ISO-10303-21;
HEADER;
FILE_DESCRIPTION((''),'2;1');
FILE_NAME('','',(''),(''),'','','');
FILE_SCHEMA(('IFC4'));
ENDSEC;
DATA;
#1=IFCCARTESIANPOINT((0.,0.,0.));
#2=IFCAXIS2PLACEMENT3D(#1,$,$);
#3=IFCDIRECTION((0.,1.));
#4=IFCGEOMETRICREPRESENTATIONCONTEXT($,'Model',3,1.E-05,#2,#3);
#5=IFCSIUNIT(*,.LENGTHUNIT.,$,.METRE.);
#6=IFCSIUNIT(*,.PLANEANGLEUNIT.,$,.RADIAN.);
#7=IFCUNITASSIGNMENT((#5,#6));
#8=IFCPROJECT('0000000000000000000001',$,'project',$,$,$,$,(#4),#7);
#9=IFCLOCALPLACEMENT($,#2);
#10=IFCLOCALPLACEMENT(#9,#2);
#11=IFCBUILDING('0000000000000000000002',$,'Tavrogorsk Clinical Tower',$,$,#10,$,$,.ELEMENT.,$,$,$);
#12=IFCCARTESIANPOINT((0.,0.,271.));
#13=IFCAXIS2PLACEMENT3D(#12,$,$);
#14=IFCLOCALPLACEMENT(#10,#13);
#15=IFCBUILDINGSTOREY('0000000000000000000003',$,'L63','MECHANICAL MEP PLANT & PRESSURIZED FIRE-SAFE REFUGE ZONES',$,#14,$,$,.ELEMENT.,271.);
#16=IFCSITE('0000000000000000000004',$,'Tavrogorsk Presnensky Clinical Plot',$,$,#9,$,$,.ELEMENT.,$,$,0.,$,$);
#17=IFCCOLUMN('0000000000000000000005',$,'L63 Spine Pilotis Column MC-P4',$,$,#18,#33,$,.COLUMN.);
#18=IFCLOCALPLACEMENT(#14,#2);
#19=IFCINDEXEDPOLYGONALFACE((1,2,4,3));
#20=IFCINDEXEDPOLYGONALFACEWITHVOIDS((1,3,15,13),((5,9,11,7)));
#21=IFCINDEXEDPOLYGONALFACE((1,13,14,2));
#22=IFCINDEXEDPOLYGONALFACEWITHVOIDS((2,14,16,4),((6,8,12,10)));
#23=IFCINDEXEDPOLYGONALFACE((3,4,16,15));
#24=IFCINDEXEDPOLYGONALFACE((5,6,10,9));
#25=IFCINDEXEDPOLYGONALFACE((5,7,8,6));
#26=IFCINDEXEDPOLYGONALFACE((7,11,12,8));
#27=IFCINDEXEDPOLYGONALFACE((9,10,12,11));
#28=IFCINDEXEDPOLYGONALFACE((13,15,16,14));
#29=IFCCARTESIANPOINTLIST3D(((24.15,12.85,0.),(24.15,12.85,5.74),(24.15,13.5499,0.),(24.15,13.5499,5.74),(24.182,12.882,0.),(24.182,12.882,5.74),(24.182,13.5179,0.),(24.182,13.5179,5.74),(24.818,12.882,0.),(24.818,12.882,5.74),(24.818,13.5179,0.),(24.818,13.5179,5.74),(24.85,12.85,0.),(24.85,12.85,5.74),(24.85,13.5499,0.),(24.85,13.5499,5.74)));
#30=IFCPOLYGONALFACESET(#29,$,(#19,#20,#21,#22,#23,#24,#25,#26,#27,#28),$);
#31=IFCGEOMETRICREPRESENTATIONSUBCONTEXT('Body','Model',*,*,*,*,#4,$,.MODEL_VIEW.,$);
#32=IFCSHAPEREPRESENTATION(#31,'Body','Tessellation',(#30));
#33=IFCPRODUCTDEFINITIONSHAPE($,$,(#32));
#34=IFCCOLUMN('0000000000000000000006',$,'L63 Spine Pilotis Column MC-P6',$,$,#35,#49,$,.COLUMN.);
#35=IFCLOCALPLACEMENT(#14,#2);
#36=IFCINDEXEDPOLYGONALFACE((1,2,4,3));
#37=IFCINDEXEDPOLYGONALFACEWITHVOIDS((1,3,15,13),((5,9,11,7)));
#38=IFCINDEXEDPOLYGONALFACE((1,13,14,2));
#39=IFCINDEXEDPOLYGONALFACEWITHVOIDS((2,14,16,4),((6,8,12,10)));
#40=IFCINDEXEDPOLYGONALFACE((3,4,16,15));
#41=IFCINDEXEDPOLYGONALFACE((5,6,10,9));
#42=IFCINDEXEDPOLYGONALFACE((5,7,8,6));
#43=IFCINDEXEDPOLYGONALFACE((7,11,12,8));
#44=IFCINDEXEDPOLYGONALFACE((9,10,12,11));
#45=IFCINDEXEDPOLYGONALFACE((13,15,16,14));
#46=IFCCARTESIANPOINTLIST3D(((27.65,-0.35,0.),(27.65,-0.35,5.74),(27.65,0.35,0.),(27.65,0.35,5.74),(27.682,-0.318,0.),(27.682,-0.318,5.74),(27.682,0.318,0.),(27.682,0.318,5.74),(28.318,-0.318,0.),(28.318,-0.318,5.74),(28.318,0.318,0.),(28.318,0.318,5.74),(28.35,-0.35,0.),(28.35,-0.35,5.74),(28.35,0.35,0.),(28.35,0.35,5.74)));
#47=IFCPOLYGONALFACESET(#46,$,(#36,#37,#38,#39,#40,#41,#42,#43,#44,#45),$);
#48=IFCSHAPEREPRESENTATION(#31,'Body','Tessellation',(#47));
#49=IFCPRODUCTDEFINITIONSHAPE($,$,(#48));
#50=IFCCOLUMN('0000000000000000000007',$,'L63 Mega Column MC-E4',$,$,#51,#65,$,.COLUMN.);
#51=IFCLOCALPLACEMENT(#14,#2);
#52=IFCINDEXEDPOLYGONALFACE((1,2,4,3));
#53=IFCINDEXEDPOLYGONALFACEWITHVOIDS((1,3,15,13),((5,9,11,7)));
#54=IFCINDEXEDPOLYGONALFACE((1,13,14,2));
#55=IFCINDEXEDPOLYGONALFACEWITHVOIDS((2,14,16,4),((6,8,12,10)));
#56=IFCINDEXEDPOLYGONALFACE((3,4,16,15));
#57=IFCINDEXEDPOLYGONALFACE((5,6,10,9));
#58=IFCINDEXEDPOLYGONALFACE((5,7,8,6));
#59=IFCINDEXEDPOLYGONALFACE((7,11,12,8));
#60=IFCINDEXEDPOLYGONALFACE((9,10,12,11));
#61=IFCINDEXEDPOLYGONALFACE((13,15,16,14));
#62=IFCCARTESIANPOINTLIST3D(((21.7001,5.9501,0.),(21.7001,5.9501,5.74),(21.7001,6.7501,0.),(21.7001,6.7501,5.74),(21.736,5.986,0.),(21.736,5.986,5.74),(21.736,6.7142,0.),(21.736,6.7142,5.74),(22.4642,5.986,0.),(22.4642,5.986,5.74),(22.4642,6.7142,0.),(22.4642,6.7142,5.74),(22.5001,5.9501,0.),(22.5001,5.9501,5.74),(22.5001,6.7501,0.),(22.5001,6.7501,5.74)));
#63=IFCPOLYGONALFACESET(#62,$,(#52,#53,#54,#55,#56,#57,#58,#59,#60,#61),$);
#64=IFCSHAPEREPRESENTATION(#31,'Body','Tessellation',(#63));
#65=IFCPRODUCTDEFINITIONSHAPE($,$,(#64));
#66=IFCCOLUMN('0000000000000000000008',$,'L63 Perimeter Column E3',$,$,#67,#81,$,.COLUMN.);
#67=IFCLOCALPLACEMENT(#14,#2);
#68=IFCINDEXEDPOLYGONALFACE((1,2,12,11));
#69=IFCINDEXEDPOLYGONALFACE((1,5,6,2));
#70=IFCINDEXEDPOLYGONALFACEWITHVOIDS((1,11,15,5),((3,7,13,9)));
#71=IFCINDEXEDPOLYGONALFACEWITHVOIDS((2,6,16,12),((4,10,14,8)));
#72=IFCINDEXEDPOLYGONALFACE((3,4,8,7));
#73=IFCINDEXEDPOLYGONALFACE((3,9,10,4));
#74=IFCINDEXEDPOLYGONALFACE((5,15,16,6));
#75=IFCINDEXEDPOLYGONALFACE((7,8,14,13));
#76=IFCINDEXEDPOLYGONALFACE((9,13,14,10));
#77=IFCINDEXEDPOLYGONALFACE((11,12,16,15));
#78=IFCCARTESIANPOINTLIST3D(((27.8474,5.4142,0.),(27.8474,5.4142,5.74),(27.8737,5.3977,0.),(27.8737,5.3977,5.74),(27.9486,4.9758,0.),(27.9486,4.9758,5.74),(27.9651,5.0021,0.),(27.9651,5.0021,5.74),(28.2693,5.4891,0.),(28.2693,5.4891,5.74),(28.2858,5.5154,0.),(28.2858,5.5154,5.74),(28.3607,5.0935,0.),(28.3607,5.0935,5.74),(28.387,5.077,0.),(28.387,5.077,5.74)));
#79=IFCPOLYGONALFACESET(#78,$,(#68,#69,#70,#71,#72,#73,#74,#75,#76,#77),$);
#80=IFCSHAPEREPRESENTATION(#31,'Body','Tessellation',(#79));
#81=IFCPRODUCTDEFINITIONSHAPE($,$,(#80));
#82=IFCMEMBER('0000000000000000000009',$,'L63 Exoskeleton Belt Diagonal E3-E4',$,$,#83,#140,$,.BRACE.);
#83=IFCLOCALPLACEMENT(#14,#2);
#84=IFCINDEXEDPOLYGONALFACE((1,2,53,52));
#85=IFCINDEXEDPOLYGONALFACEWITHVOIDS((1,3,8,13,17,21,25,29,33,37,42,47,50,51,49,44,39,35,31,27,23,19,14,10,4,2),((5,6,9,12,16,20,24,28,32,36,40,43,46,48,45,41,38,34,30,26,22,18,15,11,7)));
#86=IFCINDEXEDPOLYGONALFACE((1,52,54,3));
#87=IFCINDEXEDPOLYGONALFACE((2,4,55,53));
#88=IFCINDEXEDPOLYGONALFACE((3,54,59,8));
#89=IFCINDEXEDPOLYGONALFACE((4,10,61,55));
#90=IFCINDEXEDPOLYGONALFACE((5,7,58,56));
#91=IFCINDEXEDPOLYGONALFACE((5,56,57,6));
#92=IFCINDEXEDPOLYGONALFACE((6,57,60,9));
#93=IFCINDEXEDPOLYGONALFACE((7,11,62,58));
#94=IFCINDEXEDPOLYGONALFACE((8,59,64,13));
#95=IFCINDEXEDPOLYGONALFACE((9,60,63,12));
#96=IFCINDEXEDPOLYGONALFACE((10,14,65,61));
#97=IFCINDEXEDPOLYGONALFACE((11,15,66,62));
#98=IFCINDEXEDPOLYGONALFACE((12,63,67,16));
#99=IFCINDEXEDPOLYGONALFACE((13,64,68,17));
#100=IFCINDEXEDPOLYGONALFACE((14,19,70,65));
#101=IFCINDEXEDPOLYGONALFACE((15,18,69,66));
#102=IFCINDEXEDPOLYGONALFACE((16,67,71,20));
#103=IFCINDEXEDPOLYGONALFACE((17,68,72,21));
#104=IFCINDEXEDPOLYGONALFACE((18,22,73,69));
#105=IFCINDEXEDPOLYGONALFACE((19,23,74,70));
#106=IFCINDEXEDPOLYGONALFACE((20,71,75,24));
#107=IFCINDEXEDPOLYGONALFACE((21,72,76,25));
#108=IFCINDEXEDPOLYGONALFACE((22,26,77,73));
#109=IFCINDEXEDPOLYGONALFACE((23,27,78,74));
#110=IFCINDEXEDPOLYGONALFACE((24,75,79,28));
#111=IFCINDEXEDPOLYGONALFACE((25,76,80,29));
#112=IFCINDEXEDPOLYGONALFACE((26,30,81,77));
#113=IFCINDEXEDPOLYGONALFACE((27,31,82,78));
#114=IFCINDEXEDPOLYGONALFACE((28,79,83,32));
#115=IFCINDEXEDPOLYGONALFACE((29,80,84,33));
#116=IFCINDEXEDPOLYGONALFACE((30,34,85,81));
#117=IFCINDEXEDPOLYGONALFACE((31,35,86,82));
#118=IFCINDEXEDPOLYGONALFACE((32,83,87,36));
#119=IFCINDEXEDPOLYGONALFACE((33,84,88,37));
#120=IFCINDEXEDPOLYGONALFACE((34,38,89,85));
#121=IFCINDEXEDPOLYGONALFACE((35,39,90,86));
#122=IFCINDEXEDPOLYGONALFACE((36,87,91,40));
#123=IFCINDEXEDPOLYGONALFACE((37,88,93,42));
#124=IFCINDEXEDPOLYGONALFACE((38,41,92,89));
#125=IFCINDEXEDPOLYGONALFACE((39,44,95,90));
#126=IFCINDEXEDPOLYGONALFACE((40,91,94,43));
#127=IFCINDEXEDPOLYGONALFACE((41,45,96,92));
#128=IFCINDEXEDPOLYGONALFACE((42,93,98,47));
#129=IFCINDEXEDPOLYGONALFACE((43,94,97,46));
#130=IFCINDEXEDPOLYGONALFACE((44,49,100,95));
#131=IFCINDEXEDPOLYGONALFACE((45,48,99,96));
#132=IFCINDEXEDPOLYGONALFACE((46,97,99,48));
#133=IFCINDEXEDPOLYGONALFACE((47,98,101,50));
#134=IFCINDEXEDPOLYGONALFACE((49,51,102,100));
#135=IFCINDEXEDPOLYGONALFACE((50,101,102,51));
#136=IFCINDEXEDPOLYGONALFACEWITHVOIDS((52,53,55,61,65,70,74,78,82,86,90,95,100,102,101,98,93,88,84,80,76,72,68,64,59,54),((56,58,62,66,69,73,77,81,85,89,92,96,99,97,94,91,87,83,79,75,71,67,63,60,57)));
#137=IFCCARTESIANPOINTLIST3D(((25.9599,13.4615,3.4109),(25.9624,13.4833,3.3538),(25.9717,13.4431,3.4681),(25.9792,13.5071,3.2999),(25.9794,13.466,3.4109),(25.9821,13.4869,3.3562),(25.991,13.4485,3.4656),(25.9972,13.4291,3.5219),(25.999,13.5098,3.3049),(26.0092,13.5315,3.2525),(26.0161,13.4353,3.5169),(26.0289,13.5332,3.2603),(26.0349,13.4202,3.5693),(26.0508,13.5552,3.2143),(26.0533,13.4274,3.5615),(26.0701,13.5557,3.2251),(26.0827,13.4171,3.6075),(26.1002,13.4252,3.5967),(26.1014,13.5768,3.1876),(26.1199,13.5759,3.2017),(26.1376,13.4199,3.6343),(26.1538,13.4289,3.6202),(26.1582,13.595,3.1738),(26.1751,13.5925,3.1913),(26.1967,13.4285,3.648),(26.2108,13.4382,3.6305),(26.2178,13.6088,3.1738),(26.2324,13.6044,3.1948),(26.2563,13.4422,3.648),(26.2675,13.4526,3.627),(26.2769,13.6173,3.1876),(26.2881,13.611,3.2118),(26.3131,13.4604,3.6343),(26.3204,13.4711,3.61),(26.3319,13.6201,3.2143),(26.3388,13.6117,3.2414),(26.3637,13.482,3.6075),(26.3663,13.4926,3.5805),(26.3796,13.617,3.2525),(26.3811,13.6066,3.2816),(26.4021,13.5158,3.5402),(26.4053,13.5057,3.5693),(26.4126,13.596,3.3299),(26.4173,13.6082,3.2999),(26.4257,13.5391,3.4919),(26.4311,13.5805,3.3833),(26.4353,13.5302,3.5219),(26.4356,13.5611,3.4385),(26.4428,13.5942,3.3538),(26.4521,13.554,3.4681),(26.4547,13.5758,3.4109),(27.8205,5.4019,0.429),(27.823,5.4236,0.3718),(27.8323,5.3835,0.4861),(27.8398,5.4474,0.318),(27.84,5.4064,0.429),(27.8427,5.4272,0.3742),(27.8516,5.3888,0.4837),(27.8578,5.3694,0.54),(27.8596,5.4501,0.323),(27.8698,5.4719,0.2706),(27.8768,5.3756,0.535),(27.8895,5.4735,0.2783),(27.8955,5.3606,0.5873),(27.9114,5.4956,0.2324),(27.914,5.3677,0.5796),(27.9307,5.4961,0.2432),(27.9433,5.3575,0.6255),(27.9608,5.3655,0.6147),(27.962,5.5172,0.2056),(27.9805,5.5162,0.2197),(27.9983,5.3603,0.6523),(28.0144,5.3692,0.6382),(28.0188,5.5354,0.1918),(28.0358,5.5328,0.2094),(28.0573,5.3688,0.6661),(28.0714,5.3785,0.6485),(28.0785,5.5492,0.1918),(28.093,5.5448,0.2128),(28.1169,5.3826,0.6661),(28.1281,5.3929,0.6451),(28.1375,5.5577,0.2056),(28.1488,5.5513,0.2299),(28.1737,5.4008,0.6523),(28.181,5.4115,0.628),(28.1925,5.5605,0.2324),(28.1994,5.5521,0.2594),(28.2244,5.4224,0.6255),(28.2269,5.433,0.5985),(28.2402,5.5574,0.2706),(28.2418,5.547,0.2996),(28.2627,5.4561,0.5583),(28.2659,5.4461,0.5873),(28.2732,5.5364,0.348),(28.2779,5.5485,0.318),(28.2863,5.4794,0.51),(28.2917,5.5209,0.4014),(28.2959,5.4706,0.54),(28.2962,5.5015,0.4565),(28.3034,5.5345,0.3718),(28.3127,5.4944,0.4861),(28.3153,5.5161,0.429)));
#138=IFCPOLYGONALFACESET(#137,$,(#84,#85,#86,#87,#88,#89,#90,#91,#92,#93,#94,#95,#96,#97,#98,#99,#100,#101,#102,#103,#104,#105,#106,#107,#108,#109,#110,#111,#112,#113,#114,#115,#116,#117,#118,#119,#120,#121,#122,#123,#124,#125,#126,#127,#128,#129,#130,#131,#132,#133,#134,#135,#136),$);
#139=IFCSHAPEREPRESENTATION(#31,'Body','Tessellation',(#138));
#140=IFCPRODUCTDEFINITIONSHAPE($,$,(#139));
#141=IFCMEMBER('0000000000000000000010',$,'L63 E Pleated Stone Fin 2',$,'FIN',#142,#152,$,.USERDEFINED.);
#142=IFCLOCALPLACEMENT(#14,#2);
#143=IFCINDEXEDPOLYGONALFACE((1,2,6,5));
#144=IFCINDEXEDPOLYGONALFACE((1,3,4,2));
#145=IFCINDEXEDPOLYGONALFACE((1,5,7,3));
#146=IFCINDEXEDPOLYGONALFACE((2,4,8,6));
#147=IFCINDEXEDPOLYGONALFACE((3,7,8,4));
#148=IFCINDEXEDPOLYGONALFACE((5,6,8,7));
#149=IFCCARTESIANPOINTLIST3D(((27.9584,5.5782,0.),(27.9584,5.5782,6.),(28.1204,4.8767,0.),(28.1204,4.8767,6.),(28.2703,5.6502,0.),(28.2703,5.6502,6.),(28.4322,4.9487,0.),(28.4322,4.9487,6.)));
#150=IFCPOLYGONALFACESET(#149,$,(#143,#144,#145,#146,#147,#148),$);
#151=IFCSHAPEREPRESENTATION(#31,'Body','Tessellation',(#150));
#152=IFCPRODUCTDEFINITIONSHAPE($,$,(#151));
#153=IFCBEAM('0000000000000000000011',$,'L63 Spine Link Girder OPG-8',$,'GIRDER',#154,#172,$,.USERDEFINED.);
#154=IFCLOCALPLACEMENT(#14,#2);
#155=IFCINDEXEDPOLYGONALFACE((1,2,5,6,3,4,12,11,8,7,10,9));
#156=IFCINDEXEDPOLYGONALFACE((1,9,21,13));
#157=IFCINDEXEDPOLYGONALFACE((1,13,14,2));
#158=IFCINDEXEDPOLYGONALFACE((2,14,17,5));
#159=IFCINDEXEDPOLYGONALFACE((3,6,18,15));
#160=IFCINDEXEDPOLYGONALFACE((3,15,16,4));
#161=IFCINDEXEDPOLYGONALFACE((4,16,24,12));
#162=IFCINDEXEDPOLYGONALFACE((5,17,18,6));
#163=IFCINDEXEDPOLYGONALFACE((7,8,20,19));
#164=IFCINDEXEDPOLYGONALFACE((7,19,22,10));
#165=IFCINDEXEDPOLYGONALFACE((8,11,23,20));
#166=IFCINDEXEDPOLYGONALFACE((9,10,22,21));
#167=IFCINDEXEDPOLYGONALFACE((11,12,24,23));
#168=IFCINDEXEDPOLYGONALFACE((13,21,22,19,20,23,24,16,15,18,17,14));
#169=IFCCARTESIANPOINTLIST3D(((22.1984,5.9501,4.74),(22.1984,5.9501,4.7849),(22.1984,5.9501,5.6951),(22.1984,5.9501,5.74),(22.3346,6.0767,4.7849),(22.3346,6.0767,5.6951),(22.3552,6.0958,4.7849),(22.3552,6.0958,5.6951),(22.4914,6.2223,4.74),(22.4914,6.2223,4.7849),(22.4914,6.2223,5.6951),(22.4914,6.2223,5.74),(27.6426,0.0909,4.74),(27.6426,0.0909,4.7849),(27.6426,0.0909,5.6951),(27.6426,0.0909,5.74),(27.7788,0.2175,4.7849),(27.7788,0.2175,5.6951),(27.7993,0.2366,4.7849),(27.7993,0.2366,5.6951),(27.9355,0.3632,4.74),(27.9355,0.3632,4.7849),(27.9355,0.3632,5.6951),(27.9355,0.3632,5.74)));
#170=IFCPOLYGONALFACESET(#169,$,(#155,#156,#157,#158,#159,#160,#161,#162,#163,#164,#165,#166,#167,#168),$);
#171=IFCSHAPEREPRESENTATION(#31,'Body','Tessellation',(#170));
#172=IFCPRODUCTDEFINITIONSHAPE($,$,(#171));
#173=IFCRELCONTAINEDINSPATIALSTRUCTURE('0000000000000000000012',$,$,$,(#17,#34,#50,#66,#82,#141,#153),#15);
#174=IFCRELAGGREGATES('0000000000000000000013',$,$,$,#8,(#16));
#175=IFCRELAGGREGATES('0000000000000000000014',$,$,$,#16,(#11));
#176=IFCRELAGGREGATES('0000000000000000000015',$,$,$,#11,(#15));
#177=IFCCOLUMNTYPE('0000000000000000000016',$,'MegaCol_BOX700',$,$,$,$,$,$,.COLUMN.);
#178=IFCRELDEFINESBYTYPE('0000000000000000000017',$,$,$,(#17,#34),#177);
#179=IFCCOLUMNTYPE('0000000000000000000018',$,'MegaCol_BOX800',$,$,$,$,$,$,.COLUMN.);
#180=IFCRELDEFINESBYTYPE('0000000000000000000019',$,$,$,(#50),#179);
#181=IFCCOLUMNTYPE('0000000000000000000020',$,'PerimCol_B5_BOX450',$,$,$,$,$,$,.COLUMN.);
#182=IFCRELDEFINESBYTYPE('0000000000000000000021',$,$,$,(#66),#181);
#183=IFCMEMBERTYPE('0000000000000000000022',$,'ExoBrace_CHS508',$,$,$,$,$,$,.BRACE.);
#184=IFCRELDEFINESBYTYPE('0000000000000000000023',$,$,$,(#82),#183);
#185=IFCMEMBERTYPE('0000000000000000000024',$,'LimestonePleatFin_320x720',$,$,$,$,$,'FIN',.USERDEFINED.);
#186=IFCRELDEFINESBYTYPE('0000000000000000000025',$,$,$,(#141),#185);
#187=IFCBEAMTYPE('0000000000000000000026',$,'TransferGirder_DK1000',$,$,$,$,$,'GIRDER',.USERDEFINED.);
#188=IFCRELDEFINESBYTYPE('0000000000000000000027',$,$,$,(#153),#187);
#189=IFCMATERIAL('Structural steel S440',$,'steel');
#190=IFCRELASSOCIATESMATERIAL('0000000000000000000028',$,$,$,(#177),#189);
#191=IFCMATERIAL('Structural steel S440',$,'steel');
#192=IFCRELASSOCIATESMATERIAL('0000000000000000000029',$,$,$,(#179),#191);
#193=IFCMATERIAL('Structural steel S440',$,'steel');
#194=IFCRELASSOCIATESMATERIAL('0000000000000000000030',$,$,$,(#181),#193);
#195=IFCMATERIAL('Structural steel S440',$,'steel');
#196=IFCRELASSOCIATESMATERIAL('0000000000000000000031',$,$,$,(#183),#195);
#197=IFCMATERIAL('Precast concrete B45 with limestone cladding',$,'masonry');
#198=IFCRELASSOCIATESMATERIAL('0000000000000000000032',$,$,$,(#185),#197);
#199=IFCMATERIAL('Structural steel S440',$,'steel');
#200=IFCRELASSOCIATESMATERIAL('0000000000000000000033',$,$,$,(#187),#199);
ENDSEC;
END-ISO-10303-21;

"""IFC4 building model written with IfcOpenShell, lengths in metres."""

from ifc_helpers import new_model, si_unit, direction, frame, origin, origin_2d, place, context, subcontext, project, spatial, rectangle, hollow_rectangle, hollow_circle, i_section, extrude, material, material_profile, profile_set, type_object, element, save


model = new_model("IFC4")

# Units and contexts
model_context = context("Model", 3, precision=1e-05, world=origin(), true_north=direction((0.0, 1.0)))
body_context = subcontext(model_context, "Body", "Model", "MODEL_VIEW")
ifc_project = project(units=[si_unit("LENGTHUNIT", "METRE"), si_unit("PLANEANGLEUNIT", "RADIAN")], contexts=[model_context])

# Site, building, storey
site_placement = place(None, origin())
site = spatial("IfcSite", under=ifc_project, at=site_placement, Name="Tavrogorsk Presnensky Clinical Plot", CompositionType="ELEMENT", RefElevation=0.0)
building_placement = place(site_placement, origin())
building = spatial("IfcBuilding", under=site, at=building_placement, Name="Tavrogorsk Clinical Tower", CompositionType="ELEMENT")
storey_placement = place(building_placement, frame((0.0, 0.0, 271.0)))
storey = spatial("IfcBuildingStorey", under=building, at=storey_placement, Name="L63", Description="MECHANICAL MEP PLANT & PRESSURIZED FIRE-SAFE REFUGE ZONES", CompositionType="ELEMENT", Elevation=271.0)

# Columns
ifc_material_1 = material(Name="Structural steel S440", Category="steel")
ifc_material_profile_1 = material_profile(ifc_material_1, hollow_rectangle(XDim=0.7, YDim=0.7, WallThickness=0.032, at=origin_2d()), Name="BOX-700x700x32")
ifc_profile_set_1 = profile_set([ifc_material_profile_1], Name="Structural steel S440")
column_type_1 = type_object("IfcColumnType", Name="MegaCol_BOX700", PredefinedType="COLUMN", material=ifc_profile_set_1)
for number, where, z_axis, x_axis, name in (
    (1, (24.5, 13.2, 0.0), (0.0, 0.0, 1.0), (1.0, 0.0, 0.0), "L63 Spine Pilotis Column MC-P4"),
    (2, (28.0, 0.0, 0.0), (0.0, 0.0, 1.0), (1.0, 0.0, 0.0), "L63 Spine Pilotis Column MC-P6"),
):
    element("IfcColumn", number, at=place(storey_placement, frame(where, z_axis=z_axis, x_axis=x_axis)), inside=storey, type_object=column_type_1, Name=name, PredefinedType="COLUMN", context=body_context, shape_type="SweptSolid", body=[
        extrude(hollow_rectangle(XDim=0.7, YDim=0.7, WallThickness=0.032, at=origin_2d()), origin(), (0.0, 0.0, 1.0), 5.74),
    ])
ifc_material_2 = material(Name="Structural steel S440", Category="steel")
ifc_material_profile_2 = material_profile(ifc_material_2, hollow_rectangle(XDim=0.8, YDim=0.8, WallThickness=0.0359, at=origin_2d()), Name="BOX-800x800x36")
ifc_profile_set_2 = profile_set([ifc_material_profile_2], Name="Structural steel S440")
column_type_2 = type_object("IfcColumnType", Name="MegaCol_BOX800", PredefinedType="COLUMN", material=ifc_profile_set_2)
column_1_placement = place(storey_placement, frame((22.1001, 6.3501, 0.0), z_axis=(0.0, 0.0, 1.0), x_axis=(1.0, 0.0, 0.0)))
element("IfcColumn", 3, at=column_1_placement, inside=storey, type_object=column_type_2, Name="L63 Mega Column MC-E4", PredefinedType="COLUMN", context=body_context, shape_type="SweptSolid", body=[
    extrude(hollow_rectangle(XDim=0.8, YDim=0.8, WallThickness=0.0359, at=origin_2d()), origin(), (0.0, 0.0, 1.0), 5.74),
])
ifc_material_3 = material(Name="Structural steel S440", Category="steel")
ifc_material_profile_3 = material_profile(ifc_material_3, hollow_rectangle(XDim=0.45, YDim=0.45, WallThickness=0.022, at=origin_2d()), Name="BOX-450x450x22")
ifc_profile_set_3 = profile_set([ifc_material_profile_3], Name="Structural steel S440")
column_type_3 = type_object("IfcColumnType", Name="PerimCol_B5_BOX450", PredefinedType="COLUMN", material=ifc_profile_set_3)
column_2_placement = place(storey_placement, frame((28.1172, 5.2456, 0.0), z_axis=(0.0, 0.0, 1.0), x_axis=(0.97437, 0.224951, 0.0)))
element("IfcColumn", 4, at=column_2_placement, inside=storey, type_object=column_type_3, Name="L63 Perimeter Column E3", PredefinedType="COLUMN", context=body_context, shape_type="SweptSolid", body=[
    extrude(hollow_rectangle(XDim=0.45, YDim=0.45, WallThickness=0.022, at=origin_2d()), origin(), (0.0, 0.0, 1.0), 5.74),
])

# Members
ifc_material_4 = material(Name="Structural steel S440", Category="steel")
ifc_material_profile_4 = material_profile(ifc_material_4, hollow_circle(Radius=0.2539, WallThickness=0.02, at=origin_2d()), Name="CHS-508x20")
ifc_profile_set_4 = profile_set([ifc_material_profile_4], Name="Structural steel S440")
member_type_1 = type_object("IfcMemberType", Name="ExoBrace_CHS508", PredefinedType="BRACE", material=ifc_profile_set_4)
member_1_placement = place(storey_placement, frame((28.0679, 5.459, 0.429), z_axis=(-0.211608, 0.916627, 0.33914), x_axis=(-0.974373, -0.224939, 0.0)))
element("IfcMember", 5, at=member_1_placement, inside=storey, type_object=member_type_1, Name="L63 Exoskeleton Belt Diagonal E3-E4", PredefinedType="BRACE", context=body_context, shape_type="SweptSolid", body=[
    extrude(hollow_circle(Radius=0.2539, WallThickness=0.02, at=origin_2d()), origin(), (0.0, 0.0, 1.0), 8.7927),
])
ifc_material_5 = material(Name="Precast concrete B45 with limestone cladding", Category="masonry")
ifc_material_profile_5 = material_profile(ifc_material_5, rectangle(XDim=0.3201, YDim=0.72, at=origin_2d()), Name="LIMESTONE-FIN-320x720")
ifc_profile_set_5 = profile_set([ifc_material_profile_5], Name="Precast concrete B45 with limestone cladding")
member_type_2 = type_object("IfcMemberType", Name="LimestonePleatFin_320x720", ElementType="FIN", PredefinedType="USERDEFINED", material=ifc_profile_set_5)
member_2_placement = place(storey_placement, frame((28.1953, 5.2634, 0.0), z_axis=(0.0, 0.0, 1.0), x_axis=(0.97437, 0.224951, 0.0)))
element("IfcMember", 6, at=member_2_placement, inside=storey, type_object=member_type_2, Name="L63 E Pleated Stone Fin 2", ObjectType="FIN", PredefinedType="USERDEFINED", context=body_context, shape_type="SweptSolid", body=[
    extrude(rectangle(XDim=0.3201, YDim=0.72, at=origin_2d()), origin(), (0.0, 0.0, 1.0), 6.0),
])

# Beam
ifc_material_6 = material(Name="Structural steel S440", Category="steel")
ifc_material_profile_6 = material_profile(ifc_material_6, i_section(OverallWidth=0.3999, OverallDepth=1.0, WebThickness=0.0281, FlangeThickness=0.0449, at=origin_2d()), Name="DK-1000x400x28x45")
ifc_profile_set_6 = profile_set([ifc_material_profile_6], Name="Structural steel S440")
beam_type_1 = type_object("IfcBeamType", Name="TransferGirder_DK1000", ElementType="GIRDER", PredefinedType="USERDEFINED", material=ifc_profile_set_6)
beam_1_placement = place(storey_placement, frame((27.7891, 0.2271, 5.24), z_axis=(-0.680684, 0.732577, 0.0), x_axis=(-0.732577, -0.680684, 0.0)))
element("IfcBeam", 7, at=beam_1_placement, inside=storey, type_object=beam_type_1, Name="L63 Spine Link Girder OPG-8", ObjectType="GIRDER", PredefinedType="USERDEFINED", context=body_context, shape_type="SweptSolid", body=[
    extrude(i_section(OverallWidth=0.3999, OverallDepth=1.0, WebThickness=0.0281, FlangeThickness=0.0449, at=origin_2d()), origin(), (0.0, 0.0, 1.0), 7.998),
])

save(model, "model.ifc")
